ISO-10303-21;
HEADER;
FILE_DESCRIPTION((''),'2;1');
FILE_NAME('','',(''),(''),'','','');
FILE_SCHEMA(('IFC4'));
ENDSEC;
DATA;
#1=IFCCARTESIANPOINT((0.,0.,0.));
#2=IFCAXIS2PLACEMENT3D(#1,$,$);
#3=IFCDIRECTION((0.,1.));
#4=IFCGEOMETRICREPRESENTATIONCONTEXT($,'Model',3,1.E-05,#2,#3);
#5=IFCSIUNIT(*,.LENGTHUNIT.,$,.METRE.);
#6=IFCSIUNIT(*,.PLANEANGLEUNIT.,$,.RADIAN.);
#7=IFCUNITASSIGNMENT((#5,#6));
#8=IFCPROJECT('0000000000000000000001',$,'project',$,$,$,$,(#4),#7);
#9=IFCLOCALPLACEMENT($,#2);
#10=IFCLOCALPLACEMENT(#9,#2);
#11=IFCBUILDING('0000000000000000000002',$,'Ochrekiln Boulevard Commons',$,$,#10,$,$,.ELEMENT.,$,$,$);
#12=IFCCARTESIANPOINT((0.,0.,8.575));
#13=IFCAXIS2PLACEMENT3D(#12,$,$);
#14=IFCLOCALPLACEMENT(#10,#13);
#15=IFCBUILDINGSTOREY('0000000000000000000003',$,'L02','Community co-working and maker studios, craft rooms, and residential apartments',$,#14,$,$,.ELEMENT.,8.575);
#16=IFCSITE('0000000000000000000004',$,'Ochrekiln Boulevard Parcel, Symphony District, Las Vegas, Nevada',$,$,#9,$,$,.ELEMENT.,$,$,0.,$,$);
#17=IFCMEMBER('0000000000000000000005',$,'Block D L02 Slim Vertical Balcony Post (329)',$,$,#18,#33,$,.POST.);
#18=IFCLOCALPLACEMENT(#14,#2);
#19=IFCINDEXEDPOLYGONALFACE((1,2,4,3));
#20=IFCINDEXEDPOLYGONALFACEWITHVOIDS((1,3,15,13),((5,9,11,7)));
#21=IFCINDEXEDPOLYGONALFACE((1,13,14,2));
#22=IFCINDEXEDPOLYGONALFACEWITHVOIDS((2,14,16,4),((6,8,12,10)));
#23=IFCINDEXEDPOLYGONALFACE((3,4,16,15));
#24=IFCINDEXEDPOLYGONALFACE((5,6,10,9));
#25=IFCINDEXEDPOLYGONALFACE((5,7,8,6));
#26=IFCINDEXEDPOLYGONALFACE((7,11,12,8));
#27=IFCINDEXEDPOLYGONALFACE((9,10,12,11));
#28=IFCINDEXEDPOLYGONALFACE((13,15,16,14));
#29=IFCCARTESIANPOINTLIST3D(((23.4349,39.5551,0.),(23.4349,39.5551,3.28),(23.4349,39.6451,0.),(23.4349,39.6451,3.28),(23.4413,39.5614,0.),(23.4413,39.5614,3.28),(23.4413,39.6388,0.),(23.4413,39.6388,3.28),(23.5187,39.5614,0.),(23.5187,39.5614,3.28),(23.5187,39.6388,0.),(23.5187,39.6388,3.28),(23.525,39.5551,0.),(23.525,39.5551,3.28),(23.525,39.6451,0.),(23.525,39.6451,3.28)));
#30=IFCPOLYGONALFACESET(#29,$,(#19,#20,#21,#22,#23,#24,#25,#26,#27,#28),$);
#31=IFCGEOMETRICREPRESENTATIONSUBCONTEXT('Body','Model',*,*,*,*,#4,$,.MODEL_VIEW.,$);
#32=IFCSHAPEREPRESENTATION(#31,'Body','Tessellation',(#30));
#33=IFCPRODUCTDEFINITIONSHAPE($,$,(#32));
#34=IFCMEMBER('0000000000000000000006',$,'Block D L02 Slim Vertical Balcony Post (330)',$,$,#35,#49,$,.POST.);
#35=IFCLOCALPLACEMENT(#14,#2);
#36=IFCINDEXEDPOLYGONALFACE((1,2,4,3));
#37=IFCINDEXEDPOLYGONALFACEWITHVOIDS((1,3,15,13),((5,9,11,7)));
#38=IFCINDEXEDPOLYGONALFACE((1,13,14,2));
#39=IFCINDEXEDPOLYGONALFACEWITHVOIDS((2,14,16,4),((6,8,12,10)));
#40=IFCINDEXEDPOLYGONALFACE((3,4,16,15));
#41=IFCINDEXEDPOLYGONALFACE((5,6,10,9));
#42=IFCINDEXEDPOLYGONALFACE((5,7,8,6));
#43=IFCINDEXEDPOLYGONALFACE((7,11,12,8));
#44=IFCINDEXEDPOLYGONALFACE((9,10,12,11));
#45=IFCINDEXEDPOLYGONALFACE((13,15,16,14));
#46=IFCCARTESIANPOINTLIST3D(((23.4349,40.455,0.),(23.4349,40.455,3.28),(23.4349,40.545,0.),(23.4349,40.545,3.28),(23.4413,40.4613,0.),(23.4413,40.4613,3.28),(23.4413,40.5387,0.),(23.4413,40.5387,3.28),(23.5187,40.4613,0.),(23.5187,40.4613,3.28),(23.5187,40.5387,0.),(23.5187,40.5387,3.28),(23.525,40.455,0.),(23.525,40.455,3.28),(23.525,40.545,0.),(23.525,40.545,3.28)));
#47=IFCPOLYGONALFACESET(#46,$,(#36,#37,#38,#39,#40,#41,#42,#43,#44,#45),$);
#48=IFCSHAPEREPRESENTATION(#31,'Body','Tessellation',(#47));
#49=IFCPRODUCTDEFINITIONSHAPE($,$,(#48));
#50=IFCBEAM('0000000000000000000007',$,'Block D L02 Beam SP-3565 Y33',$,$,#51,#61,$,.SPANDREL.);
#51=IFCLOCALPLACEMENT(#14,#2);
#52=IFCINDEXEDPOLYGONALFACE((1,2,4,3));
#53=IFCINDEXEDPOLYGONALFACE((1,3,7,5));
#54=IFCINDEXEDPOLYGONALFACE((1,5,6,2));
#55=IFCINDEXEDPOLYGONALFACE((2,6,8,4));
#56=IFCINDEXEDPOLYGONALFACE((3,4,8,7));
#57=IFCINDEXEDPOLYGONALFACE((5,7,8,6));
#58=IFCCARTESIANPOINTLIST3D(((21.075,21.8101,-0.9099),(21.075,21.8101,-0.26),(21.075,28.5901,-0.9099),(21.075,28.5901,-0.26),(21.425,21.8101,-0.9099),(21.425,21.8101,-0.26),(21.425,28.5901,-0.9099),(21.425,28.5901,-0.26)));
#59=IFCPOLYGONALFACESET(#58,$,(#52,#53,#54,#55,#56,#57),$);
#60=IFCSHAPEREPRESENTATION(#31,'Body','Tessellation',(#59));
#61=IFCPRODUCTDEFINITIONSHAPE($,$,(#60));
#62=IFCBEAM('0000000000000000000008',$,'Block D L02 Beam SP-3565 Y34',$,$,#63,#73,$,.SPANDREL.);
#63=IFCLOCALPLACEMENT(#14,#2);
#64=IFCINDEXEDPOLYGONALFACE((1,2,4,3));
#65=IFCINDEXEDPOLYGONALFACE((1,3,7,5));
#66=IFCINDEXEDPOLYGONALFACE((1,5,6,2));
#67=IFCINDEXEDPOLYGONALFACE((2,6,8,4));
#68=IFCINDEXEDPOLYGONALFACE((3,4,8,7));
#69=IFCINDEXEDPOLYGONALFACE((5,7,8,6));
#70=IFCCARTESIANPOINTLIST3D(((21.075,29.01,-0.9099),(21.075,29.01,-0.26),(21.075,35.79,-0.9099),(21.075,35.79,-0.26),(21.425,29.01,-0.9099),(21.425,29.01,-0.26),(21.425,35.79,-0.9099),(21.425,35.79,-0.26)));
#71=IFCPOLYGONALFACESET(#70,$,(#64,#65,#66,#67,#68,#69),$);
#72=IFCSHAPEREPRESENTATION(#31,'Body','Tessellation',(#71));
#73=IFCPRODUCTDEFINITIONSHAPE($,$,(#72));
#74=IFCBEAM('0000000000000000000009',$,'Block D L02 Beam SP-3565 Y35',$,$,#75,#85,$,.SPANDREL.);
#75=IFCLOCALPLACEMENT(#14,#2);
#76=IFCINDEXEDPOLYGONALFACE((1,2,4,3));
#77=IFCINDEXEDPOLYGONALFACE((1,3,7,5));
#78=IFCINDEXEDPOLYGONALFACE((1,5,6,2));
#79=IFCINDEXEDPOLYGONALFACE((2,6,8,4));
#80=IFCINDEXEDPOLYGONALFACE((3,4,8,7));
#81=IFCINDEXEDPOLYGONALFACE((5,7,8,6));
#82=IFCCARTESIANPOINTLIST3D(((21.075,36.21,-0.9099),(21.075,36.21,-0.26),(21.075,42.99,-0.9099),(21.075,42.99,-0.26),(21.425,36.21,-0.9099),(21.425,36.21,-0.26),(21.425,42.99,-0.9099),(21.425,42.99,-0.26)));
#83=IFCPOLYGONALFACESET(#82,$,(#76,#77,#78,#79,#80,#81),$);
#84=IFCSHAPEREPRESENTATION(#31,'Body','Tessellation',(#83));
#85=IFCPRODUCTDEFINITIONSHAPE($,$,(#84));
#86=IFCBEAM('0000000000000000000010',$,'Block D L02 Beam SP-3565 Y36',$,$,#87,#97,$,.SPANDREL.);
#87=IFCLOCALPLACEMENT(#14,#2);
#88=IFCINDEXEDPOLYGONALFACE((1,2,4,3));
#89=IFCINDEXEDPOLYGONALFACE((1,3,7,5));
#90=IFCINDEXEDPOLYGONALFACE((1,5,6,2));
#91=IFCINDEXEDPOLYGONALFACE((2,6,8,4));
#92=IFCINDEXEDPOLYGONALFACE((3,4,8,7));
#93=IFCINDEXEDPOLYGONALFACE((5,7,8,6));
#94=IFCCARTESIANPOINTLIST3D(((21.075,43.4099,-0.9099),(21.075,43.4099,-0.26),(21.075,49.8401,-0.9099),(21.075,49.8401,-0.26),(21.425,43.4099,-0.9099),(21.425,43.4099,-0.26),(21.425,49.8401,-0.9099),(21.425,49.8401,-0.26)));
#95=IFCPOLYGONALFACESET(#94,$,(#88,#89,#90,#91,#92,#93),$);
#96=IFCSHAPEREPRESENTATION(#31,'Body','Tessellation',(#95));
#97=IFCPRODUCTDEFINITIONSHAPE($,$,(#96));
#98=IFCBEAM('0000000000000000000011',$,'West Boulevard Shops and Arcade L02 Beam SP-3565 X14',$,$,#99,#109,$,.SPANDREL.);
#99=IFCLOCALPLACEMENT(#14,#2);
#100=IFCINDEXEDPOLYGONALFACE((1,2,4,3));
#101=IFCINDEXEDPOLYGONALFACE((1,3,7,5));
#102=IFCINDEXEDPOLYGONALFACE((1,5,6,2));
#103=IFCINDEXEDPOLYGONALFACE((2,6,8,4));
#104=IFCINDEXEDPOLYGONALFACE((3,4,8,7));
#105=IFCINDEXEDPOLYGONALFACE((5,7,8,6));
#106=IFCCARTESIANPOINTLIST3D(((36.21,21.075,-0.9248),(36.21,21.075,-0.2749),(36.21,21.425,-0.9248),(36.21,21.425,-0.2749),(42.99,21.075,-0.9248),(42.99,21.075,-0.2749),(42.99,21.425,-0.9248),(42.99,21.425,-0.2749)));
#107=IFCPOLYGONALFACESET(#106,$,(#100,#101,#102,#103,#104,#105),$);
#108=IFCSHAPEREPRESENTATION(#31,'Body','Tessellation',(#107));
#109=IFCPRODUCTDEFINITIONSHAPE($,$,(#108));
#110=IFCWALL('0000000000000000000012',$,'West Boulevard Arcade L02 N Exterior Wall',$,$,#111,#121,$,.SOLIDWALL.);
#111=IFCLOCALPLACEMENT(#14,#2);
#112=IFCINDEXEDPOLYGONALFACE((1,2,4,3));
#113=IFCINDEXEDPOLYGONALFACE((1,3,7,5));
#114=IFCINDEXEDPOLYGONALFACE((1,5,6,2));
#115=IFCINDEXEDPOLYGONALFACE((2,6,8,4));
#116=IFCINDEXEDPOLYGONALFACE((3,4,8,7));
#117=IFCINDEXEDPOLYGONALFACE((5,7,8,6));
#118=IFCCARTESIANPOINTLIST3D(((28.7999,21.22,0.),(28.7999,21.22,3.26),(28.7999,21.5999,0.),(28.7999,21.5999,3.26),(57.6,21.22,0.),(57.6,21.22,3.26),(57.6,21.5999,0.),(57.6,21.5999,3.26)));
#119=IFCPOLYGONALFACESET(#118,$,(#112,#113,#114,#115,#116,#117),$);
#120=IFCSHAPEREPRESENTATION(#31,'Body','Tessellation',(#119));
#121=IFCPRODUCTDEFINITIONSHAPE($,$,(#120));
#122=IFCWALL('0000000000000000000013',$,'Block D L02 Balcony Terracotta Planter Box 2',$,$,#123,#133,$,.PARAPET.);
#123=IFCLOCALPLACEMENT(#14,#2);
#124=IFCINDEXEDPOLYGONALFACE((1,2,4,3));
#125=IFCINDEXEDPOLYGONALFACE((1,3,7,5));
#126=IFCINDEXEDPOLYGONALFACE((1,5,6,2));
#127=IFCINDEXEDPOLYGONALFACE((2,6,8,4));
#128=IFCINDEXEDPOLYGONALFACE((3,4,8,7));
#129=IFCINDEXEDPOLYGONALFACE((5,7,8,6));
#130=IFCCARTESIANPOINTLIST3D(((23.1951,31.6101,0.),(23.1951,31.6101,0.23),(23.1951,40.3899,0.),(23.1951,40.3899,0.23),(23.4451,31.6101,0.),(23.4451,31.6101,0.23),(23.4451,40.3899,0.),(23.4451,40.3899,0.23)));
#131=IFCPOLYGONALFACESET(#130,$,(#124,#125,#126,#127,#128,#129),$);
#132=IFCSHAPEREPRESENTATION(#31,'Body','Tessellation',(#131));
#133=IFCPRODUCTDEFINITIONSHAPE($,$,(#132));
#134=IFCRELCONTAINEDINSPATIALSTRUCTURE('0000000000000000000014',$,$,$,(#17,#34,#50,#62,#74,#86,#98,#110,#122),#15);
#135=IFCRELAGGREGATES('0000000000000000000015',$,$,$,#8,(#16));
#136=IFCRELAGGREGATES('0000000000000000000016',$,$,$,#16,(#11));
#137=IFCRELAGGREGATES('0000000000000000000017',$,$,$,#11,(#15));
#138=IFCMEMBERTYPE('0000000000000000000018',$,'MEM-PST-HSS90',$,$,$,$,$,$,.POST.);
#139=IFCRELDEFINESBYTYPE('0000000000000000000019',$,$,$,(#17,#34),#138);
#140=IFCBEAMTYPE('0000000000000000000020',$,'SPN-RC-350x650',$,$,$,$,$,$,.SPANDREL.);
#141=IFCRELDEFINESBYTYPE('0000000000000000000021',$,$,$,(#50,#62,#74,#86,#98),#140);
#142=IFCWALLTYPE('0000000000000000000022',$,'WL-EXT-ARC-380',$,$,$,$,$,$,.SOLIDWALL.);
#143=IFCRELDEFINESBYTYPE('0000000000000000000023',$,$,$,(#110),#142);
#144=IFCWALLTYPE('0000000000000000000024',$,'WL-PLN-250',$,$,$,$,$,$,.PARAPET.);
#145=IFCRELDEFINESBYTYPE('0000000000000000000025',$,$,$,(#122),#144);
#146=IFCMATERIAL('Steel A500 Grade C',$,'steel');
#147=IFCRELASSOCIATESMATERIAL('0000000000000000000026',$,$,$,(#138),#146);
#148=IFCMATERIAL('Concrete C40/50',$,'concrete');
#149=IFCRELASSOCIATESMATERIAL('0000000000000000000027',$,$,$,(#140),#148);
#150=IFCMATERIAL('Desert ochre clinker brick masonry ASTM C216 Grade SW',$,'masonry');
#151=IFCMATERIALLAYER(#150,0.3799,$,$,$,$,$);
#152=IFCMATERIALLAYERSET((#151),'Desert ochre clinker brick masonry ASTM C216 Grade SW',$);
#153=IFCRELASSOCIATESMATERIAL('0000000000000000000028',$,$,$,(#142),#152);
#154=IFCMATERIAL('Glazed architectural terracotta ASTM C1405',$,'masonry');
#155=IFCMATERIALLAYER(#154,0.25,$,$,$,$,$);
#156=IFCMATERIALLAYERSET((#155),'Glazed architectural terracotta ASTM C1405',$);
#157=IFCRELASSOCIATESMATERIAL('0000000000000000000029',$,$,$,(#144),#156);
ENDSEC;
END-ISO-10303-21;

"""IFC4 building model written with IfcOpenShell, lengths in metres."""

from ifc_helpers import new_model, si_unit, direction, frame, frame_2d, origin, origin_2d, place, context, subcontext, project, spatial, rectangle, hollow_rectangle, extrude, material, layer, layer_set, material_profile, profile_set, type_object, element, save


model = new_model("IFC4")

# Units and contexts
model_context = context("Model", 3, precision=1e-05, world=origin(), true_north=direction((0.0, 1.0)))
body_context = subcontext(model_context, "Body", "Model", "MODEL_VIEW")
ifc_project = project(units=[si_unit("LENGTHUNIT", "METRE"), si_unit("PLANEANGLEUNIT", "RADIAN")], contexts=[model_context])

# Site, building, storey
site_placement = place(None, origin())
site = spatial("IfcSite", under=ifc_project, at=site_placement, Name="Ochrekiln Boulevard Parcel, Symphony District, Las Vegas, Nevada", CompositionType="ELEMENT", RefElevation=0.0)
building_placement = place(site_placement, origin())
building = spatial("IfcBuilding", under=site, at=building_placement, Name="Ochrekiln Boulevard Commons", CompositionType="ELEMENT")
storey_placement = place(building_placement, frame((0.0, 0.0, 8.575)))
storey = spatial("IfcBuildingStorey", under=building, at=storey_placement, Name="L02", Description="Community co-working and maker studios, craft rooms, and residential apartments", CompositionType="ELEMENT", Elevation=8.575)

# Shared definitions
ifc_material_1 = material(Name="Concrete C40/50", Category="concrete")

# Members
ifc_material_2 = material(Name="Steel A500 Grade C", Category="steel")
ifc_material_profile_1 = material_profile(ifc_material_2, hollow_rectangle(XDim=0.0901, YDim=0.0901, WallThickness=0.0063, at=origin_2d()), Name="HSS90X90X6.4")
ifc_profile_set_1 = profile_set([ifc_material_profile_1], Name="Steel A500 Grade C")
member_type = type_object("IfcMemberType", Name="MEM-PST-HSS90", PredefinedType="POST", material=ifc_profile_set_1)
for number, where, z_axis, x_axis, name in (
    (1, (23.48, 39.6001, 0.0), (0.0, 0.0, 1.0), (1.0, 0.0, 0.0), "Block D L02 Slim Vertical Balcony Post (329)"),
    (2, (23.48, 40.5, 0.0), (0.0, 0.0, 1.0), (1.0, 0.0, 0.0), "Block D L02 Slim Vertical Balcony Post (330)"),
):
    element("IfcMember", number, at=place(storey_placement, frame(where, z_axis=z_axis, x_axis=x_axis)), inside=storey, type_object=member_type, Name=name, PredefinedType="POST", context=body_context, shape_type="SweptSolid", body=[
        extrude(hollow_rectangle(XDim=0.0901, YDim=0.0901, WallThickness=0.0063, at=origin_2d()), origin(), (0.0, 0.0, 1.0), 3.28),
    ])

# Beams
ifc_material_profile_2 = material_profile(ifc_material_1, rectangle(XDim=0.3501, YDim=0.6499, at=origin_2d()), Name="RC-SPN-350x650")
ifc_profile_set_2 = profile_set([ifc_material_profile_2], Name="Concrete C40/50")
beam_type = type_object("IfcBeamType", Name="SPN-RC-350x650", PredefinedType="SPANDREL", material=ifc_profile_set_2)
for number, where, z_axis, x_axis, name in (
    (3, (21.25, 21.8101, -0.585), (0.0, 1.0, 0.0), (-1.0, 0.0, 0.0), "Block D L02 Beam SP-3565 Y33"),
    (4, (21.25, 29.01, -0.585), (0.0, 1.0, 0.0), (-1.0, 0.0, 0.0), "Block D L02 Beam SP-3565 Y34"),
    (5, (21.25, 36.21, -0.585), (0.0, 1.0, 0.0), (-1.0, 0.0, 0.0), "Block D L02 Beam SP-3565 Y35"),
):
    element("IfcBeam", number, at=place(storey_placement, frame(where, z_axis=z_axis, x_axis=x_axis)), inside=storey, type_object=beam_type, Name=name, PredefinedType="SPANDREL", context=body_context, shape_type="SweptSolid", body=[
        extrude(rectangle(XDim=0.3501, YDim=0.6499, at=origin_2d()), origin(), (0.0, 0.0, 1.0), 6.78),
    ])
beam_1_placement = place(storey_placement, frame((21.25, 43.4099, -0.585), z_axis=(0.0, 1.0, 0.0), x_axis=(-1.0, 0.0, 0.0)))
element("IfcBeam", 6, at=beam_1_placement, inside=storey, type_object=beam_type, Name="Block D L02 Beam SP-3565 Y36", PredefinedType="SPANDREL", context=body_context, shape_type="SweptSolid", body=[
    extrude(rectangle(XDim=0.3501, YDim=0.6499, at=origin_2d()), origin(), (0.0, 0.0, 1.0), 6.4302),
])
beam_2_placement = place(storey_placement, frame((36.21, 21.25, -0.5999), z_axis=(1.0, 0.0, 0.0), x_axis=(0.0, 1.0, 0.0)))
element("IfcBeam", 7, at=beam_2_placement, inside=storey, type_object=beam_type, Name="West Boulevard Shops and Arcade L02 Beam SP-3565 X14", PredefinedType="SPANDREL", context=body_context, shape_type="SweptSolid", body=[
    extrude(rectangle(XDim=0.3501, YDim=0.6499, at=origin_2d()), origin(), (0.0, 0.0, 1.0), 6.78),
])

# Walls
ifc_material_3 = material(Name="Desert ochre clinker brick masonry ASTM C216 Grade SW", Category="masonry")
ifc_layer_1 = layer(ifc_material_3, 0.3799)
ifc_layer_set_1 = layer_set([ifc_layer_1], Name="Desert ochre clinker brick masonry ASTM C216 Grade SW")
wall_type_1 = type_object("IfcWallType", Name="WL-EXT-ARC-380", PredefinedType="SOLIDWALL", material=ifc_layer_set_1)
wall_1_placement = place(storey_placement, frame((28.8, 21.4099, 0.0), z_axis=(0.0, 0.0, 1.0), x_axis=(1.0, 0.0, 0.0)))
element("IfcWall", 8, at=wall_1_placement, inside=storey, type_object=wall_type_1, Name="West Boulevard Arcade L02 N Exterior Wall", PredefinedType="SOLIDWALL", context=body_context, shape_type="SweptSolid", body=[
    extrude(rectangle(XDim=28.8, YDim=0.3799, at=frame_2d((14.3999, 0.0))), origin(), (0.0, 0.0, 1.0), 3.26),
])
ifc_material_4 = material(Name="Glazed architectural terracotta ASTM C1405", Category="masonry")
ifc_layer_2 = layer(ifc_material_4, 0.25)
ifc_layer_set_2 = layer_set([ifc_layer_2], Name="Glazed architectural terracotta ASTM C1405")
wall_type_2 = type_object("IfcWallType", Name="WL-PLN-250", PredefinedType="PARAPET", material=ifc_layer_set_2)
wall_2_placement = place(storey_placement, frame((23.3201, 31.6101, 0.0), z_axis=(0.0, 0.0, 1.0), x_axis=(0.0, 1.0, 0.0)))
element("IfcWall", 9, at=wall_2_placement, inside=storey, type_object=wall_type_2, Name="Block D L02 Balcony Terracotta Planter Box 2", PredefinedType="PARAPET", context=body_context, shape_type="SweptSolid", body=[
    extrude(rectangle(XDim=8.7798, YDim=0.25, at=frame_2d((4.3899, 0.0))), origin(), (0.0, 0.0, 1.0), 0.23),
])

save(model, "model.ifc")
